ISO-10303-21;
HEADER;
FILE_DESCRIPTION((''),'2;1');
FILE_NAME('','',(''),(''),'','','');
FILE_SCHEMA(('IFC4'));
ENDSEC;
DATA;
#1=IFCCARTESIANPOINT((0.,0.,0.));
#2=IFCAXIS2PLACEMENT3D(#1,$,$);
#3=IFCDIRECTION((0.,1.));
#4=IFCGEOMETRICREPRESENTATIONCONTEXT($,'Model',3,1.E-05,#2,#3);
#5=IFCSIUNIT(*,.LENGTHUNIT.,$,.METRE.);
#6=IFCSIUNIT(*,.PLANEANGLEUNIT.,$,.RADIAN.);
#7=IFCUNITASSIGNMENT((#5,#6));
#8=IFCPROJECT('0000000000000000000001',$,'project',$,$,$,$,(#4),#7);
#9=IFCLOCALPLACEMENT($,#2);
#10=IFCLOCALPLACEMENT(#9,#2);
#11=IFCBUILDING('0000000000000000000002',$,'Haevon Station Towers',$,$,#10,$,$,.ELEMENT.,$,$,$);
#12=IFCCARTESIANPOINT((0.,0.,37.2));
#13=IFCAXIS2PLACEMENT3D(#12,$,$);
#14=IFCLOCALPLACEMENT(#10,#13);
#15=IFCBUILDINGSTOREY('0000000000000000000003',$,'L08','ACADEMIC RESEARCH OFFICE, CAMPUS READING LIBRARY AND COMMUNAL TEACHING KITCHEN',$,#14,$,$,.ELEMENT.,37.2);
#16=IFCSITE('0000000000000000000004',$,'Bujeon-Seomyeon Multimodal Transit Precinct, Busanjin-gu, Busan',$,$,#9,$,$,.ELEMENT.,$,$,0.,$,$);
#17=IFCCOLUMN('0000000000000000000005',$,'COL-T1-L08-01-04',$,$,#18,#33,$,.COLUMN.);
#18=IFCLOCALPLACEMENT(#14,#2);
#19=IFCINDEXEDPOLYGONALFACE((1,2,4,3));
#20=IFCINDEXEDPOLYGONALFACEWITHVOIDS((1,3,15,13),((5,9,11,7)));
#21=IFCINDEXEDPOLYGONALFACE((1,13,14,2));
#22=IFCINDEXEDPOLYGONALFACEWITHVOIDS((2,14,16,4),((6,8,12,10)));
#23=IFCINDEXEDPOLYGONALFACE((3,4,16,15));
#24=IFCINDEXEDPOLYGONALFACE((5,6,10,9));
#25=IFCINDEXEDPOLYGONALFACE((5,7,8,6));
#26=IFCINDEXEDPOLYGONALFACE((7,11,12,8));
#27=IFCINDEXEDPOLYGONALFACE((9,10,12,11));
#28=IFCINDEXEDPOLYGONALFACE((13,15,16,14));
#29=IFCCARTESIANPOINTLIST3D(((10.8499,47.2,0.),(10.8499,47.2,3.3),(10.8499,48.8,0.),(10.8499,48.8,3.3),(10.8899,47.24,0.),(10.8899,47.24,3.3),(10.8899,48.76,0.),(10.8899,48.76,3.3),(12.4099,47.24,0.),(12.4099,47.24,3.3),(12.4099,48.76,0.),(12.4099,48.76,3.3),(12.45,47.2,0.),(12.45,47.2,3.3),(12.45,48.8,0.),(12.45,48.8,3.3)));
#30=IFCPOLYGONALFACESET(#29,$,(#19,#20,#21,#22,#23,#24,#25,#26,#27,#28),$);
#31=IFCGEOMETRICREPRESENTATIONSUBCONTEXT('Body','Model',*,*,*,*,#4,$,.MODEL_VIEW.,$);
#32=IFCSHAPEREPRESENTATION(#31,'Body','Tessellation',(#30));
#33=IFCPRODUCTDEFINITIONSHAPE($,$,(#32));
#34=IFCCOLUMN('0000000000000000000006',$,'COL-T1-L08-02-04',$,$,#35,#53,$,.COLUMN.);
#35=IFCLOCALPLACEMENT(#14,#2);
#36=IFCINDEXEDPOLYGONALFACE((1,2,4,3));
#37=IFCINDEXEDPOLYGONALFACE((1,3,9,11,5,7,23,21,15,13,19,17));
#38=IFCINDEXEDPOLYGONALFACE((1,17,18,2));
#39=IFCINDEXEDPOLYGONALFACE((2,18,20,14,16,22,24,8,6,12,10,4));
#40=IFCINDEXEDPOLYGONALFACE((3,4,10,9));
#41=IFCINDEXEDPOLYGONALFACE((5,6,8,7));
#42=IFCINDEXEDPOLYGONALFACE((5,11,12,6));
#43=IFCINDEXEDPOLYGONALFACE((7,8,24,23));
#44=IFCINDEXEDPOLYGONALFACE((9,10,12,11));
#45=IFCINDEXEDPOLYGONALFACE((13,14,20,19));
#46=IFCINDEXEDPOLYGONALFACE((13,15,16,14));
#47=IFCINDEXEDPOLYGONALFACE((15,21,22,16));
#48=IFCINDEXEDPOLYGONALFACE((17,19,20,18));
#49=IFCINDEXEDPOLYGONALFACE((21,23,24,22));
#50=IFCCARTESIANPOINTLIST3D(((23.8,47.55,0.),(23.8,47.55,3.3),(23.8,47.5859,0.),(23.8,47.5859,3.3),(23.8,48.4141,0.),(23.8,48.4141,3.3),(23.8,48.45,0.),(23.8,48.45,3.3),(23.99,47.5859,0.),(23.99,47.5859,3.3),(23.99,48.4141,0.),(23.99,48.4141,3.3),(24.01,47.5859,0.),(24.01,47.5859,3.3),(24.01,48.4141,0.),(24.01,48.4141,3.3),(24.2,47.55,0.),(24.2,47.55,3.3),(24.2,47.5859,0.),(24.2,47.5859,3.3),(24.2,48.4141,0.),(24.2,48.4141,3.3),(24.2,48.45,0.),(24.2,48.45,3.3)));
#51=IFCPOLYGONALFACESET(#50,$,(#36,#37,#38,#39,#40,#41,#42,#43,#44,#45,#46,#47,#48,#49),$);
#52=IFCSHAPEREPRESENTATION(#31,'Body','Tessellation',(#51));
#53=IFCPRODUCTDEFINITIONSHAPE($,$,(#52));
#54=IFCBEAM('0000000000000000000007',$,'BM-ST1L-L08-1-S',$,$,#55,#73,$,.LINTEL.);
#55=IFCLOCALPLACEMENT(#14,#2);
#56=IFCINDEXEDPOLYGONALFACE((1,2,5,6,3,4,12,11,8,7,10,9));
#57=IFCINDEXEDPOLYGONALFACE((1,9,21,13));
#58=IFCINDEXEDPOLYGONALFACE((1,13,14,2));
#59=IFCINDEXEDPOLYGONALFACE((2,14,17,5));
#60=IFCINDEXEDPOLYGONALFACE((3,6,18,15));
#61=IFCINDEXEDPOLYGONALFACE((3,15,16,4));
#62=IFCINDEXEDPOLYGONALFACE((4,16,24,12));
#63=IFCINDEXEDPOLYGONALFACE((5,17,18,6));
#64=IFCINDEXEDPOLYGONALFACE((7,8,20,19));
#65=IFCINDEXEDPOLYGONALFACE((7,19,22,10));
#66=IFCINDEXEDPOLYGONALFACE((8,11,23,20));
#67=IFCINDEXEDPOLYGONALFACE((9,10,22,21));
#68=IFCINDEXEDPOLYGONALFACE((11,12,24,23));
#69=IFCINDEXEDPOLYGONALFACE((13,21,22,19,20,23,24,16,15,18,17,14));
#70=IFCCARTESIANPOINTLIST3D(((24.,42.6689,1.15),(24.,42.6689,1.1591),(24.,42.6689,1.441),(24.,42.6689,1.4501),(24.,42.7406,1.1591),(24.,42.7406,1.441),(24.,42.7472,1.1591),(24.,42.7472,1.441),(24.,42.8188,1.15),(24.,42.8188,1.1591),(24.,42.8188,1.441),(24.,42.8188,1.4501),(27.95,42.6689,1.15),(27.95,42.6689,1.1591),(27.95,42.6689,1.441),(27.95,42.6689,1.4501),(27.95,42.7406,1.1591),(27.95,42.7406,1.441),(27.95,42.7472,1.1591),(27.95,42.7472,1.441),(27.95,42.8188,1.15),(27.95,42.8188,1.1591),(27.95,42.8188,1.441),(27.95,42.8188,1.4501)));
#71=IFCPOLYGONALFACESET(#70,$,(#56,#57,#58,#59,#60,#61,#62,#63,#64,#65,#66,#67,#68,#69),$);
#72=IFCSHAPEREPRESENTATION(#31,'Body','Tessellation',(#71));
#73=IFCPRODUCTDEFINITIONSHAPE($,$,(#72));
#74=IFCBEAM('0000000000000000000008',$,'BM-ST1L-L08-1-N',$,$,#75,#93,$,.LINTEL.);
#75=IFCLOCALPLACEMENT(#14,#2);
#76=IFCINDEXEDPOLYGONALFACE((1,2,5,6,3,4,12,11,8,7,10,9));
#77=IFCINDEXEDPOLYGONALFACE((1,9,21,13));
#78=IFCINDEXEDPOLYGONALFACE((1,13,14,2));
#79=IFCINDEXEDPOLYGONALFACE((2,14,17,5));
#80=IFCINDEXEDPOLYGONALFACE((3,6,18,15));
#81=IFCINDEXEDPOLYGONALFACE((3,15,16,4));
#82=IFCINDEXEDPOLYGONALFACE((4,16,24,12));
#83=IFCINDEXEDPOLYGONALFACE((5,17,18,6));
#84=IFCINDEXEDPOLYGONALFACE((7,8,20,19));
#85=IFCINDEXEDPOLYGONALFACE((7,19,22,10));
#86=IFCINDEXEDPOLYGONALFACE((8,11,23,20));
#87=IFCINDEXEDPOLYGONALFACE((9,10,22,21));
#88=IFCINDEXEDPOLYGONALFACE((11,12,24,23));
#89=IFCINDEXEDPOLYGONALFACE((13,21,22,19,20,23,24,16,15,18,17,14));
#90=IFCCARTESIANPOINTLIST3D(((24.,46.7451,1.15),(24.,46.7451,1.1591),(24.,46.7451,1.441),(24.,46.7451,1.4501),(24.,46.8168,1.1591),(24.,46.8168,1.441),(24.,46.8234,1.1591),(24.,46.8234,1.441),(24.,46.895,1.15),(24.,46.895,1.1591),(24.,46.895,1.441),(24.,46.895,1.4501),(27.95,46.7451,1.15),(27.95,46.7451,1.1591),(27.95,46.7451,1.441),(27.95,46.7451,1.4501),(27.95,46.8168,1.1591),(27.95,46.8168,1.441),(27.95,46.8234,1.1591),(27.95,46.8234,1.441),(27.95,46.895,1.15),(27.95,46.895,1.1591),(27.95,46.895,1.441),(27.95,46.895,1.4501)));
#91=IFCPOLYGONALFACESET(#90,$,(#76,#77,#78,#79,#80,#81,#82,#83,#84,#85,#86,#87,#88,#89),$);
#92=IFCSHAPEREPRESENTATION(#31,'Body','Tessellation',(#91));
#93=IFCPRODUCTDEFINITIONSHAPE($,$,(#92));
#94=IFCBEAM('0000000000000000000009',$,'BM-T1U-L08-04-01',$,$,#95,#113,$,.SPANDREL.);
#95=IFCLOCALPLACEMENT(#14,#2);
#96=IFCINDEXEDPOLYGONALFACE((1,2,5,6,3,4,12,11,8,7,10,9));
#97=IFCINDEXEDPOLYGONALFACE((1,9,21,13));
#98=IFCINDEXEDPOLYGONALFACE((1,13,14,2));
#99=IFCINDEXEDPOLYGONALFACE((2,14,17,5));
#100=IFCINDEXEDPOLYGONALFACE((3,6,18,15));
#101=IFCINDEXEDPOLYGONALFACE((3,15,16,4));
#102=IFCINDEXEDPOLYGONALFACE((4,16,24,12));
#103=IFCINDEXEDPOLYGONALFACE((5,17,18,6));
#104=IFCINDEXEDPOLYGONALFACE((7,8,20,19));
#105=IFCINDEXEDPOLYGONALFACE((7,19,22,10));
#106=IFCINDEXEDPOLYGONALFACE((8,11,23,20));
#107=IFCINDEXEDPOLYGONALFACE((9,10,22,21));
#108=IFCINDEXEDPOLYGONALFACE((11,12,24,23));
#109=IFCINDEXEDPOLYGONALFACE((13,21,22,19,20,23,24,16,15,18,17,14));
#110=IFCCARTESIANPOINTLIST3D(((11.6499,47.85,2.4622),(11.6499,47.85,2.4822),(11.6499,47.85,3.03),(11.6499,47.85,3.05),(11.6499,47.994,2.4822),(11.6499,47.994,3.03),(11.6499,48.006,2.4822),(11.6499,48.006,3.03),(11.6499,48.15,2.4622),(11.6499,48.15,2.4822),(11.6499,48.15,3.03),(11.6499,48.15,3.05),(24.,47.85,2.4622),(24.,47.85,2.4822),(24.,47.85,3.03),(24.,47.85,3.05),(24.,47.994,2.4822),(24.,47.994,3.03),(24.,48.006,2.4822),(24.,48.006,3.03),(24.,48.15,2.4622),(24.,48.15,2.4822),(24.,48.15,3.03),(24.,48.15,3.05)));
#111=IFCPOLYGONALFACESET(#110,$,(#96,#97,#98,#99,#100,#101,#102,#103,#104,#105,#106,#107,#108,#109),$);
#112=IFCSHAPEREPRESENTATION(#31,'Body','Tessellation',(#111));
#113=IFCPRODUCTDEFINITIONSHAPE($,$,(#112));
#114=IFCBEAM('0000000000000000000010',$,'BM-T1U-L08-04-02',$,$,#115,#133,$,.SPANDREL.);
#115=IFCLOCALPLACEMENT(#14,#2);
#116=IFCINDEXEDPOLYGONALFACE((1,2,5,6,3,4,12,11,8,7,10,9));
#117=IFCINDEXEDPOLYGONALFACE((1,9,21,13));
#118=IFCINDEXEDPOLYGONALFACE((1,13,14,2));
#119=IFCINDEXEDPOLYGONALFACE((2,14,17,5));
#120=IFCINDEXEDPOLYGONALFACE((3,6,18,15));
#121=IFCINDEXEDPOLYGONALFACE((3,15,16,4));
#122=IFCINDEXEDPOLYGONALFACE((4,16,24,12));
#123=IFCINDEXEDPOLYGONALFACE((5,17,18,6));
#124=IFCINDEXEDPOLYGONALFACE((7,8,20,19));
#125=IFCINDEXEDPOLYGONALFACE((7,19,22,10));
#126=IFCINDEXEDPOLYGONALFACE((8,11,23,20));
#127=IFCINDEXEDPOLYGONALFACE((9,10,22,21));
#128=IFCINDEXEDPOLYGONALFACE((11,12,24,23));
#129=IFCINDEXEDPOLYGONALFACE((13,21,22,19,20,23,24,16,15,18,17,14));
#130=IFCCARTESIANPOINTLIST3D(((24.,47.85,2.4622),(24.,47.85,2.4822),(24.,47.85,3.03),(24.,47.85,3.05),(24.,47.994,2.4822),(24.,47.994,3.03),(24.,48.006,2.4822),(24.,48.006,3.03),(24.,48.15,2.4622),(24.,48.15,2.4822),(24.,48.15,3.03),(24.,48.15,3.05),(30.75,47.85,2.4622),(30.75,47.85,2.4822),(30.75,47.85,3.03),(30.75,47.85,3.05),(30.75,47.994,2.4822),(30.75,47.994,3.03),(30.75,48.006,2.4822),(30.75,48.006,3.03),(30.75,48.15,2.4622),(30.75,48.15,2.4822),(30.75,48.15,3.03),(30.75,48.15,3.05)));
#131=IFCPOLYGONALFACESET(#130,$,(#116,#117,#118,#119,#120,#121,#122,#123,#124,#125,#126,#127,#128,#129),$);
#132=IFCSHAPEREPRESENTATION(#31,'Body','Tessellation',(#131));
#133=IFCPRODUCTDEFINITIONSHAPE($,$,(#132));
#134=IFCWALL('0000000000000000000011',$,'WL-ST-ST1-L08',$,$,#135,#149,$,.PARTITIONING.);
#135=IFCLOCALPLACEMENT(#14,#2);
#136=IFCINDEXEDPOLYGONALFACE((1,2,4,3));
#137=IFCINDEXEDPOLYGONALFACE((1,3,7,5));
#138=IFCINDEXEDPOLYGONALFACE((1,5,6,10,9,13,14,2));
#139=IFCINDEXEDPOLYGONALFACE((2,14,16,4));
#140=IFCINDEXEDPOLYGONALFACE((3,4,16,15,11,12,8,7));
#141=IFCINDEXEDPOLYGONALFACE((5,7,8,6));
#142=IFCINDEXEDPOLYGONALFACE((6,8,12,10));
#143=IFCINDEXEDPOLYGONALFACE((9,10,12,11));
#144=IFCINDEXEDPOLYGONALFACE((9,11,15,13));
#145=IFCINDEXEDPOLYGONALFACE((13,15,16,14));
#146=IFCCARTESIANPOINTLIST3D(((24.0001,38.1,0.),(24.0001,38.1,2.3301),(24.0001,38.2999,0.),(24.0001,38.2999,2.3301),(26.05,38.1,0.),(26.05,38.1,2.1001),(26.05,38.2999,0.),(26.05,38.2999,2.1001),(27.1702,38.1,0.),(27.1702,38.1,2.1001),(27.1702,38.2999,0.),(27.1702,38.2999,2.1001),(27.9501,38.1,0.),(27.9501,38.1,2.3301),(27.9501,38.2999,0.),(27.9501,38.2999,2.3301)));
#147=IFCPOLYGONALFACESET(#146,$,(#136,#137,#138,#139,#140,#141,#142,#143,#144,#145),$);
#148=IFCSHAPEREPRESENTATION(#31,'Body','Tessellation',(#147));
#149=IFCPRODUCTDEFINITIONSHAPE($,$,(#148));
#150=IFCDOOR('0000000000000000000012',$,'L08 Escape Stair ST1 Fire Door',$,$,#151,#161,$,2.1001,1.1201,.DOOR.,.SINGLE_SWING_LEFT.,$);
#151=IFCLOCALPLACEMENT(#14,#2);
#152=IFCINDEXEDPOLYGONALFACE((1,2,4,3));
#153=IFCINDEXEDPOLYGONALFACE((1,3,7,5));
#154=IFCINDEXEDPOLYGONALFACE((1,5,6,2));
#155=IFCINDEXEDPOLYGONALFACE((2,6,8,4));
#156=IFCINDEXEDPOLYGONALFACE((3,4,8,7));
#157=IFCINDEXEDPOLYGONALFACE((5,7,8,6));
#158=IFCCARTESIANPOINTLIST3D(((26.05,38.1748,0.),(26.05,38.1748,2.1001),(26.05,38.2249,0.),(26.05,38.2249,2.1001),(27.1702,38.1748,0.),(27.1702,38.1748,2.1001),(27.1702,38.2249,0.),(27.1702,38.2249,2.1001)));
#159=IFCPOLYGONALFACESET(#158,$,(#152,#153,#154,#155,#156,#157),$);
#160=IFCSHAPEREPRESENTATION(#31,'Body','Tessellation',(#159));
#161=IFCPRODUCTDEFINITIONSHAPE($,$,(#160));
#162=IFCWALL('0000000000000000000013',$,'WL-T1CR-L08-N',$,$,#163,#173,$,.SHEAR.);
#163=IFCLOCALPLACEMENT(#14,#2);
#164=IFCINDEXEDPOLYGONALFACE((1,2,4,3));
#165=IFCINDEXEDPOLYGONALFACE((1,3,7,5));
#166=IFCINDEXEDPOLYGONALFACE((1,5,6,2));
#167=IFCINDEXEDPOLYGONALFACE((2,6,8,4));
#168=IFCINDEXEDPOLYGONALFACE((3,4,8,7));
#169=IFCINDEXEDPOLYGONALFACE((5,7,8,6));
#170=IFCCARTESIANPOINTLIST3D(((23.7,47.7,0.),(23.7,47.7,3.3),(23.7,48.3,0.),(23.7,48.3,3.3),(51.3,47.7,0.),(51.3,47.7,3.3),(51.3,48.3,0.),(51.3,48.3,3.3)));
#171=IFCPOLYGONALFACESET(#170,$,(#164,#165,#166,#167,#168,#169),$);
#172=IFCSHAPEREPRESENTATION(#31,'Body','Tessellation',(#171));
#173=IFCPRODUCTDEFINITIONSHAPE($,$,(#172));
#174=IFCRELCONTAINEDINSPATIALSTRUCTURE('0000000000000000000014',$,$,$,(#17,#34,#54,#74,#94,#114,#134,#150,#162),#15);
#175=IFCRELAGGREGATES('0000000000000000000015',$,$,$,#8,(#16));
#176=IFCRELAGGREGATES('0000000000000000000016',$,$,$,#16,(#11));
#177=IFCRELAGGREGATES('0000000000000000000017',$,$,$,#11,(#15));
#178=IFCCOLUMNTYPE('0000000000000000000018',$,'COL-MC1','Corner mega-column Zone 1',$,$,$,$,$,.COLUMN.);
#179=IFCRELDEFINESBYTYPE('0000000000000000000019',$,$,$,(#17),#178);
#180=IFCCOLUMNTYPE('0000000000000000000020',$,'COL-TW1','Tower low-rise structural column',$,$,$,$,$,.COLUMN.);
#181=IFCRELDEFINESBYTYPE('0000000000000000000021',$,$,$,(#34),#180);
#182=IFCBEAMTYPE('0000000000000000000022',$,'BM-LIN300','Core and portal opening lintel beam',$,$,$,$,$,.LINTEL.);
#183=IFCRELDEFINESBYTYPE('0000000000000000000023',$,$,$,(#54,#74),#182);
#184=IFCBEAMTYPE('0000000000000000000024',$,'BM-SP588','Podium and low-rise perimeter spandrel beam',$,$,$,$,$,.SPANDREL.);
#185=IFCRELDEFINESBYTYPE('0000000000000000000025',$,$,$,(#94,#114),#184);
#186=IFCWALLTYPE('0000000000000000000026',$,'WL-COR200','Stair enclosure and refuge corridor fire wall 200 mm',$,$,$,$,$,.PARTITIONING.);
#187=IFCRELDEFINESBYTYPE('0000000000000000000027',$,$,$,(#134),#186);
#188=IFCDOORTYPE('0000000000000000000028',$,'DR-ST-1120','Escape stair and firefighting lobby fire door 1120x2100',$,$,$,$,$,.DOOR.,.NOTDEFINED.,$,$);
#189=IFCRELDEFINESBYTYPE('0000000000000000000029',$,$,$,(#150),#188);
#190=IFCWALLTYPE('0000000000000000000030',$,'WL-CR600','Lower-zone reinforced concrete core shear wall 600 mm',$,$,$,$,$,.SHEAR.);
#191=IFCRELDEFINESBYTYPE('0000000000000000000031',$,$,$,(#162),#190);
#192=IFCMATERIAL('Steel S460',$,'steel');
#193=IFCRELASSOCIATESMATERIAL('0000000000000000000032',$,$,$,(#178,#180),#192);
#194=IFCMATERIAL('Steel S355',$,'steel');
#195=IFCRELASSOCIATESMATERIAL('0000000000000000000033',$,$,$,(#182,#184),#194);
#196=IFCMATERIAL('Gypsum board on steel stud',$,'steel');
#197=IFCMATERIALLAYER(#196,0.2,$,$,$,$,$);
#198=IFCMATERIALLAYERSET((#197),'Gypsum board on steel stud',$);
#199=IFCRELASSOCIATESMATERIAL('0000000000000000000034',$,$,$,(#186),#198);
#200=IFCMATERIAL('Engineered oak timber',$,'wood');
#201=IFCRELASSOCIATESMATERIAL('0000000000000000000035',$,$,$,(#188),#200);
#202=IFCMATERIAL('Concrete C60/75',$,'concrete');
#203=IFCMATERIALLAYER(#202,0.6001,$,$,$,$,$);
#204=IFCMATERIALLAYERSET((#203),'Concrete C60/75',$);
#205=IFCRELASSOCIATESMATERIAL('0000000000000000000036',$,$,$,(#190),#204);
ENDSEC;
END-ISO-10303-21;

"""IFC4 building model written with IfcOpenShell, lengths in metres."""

from ifc_helpers import new_model, si_unit, direction, frame, frame_2d, origin, origin_2d, place, context, subcontext, project, spatial, rectangle, hollow_rectangle, i_section, extrude, material, layer, layer_set, material_profile, profile_set, type_object, element, fill, save


model = new_model("IFC4")

# Units and contexts
model_context = context("Model", 3, precision=1e-05, world=origin(), true_north=direction((0.0, 1.0)))
body_context = subcontext(model_context, "Body", "Model", "MODEL_VIEW")
ifc_project = project(units=[si_unit("LENGTHUNIT", "METRE"), si_unit("PLANEANGLEUNIT", "RADIAN")], contexts=[model_context])

# Site, building, storey
site_placement = place(None, origin())
site = spatial("IfcSite", under=ifc_project, at=site_placement, Name="Bujeon-Seomyeon Multimodal Transit Precinct, Busanjin-gu, Busan", CompositionType="ELEMENT", RefElevation=0.0)
building_placement = place(site_placement, origin())
building = spatial("IfcBuilding", under=site, at=building_placement, Name="Haevon Station Towers", CompositionType="ELEMENT")
storey_placement = place(building_placement, frame((0.0, 0.0, 37.2)))
storey = spatial("IfcBuildingStorey", under=building, at=storey_placement, Name="L08", Description="ACADEMIC RESEARCH OFFICE, CAMPUS READING LIBRARY AND COMMUNAL TEACHING KITCHEN", CompositionType="ELEMENT", Elevation=37.2)

# Columns
ifc_material_1 = material(Name="Steel S460", Category="steel")
ifc_material_profile_1 = material_profile(ifc_material_1, hollow_rectangle(XDim=1.6001, YDim=1.6001, WallThickness=0.04, at=origin_2d()), Name="BOX-1600x1600x40")
ifc_profile_set_1 = profile_set([ifc_material_profile_1], Name="Steel S460")
column_type_1 = type_object("IfcColumnType", Name="COL-MC1", Description="Corner mega-column Zone 1", PredefinedType="COLUMN", material=ifc_profile_set_1)
column_1_placement = place(storey_placement, frame((11.6499, 48.0, 0.0), z_axis=(0.0, 0.0, 1.0), x_axis=(1.0, 0.0, 0.0)))
element("IfcColumn", 1, at=column_1_placement, inside=storey, type_object=column_type_1, Name="COL-T1-L08-01-04", PredefinedType="COLUMN", context=body_context, shape_type="SweptSolid", body=[
    extrude(hollow_rectangle(XDim=1.6001, YDim=1.6001, WallThickness=0.04, at=origin_2d()), origin(), (0.0, 0.0, 1.0), 3.3),
])
ifc_material_profile_2 = material_profile(ifc_material_1, i_section(OverallWidth=0.3999, OverallDepth=0.8999, WebThickness=0.02, FlangeThickness=0.0359, at=origin_2d()), Name="H-900x400x20x36")
ifc_profile_set_2 = profile_set([ifc_material_profile_2], Name="Steel S460")
column_type_2 = type_object("IfcColumnType", Name="COL-TW1", Description="Tower low-rise structural column", PredefinedType="COLUMN", material=ifc_profile_set_2)
column_2_placement = place(storey_placement, frame((24.0, 48.0, 0.0), z_axis=(0.0, 0.0, 1.0), x_axis=(1.0, 0.0, 0.0)))
element("IfcColumn", 2, at=column_2_placement, inside=storey, type_object=column_type_2, Name="COL-T1-L08-02-04", PredefinedType="COLUMN", context=body_context, shape_type="SweptSolid", body=[
    extrude(i_section(OverallWidth=0.3999, OverallDepth=0.8999, WebThickness=0.02, FlangeThickness=0.0359, at=origin_2d()), origin(), (0.0, 0.0, 1.0), 3.3),
])

# Beams
ifc_material_2 = material(Name="Steel S355", Category="steel")
ifc_material_profile_3 = material_profile(ifc_material_2, i_section(OverallWidth=0.1499, OverallDepth=0.3, WebThickness=0.0066, FlangeThickness=0.009, at=origin_2d()), Name="H-300x150x6.5x9")
ifc_profile_set_3 = profile_set([ifc_material_profile_3], Name="Steel S355")
beam_type_1 = type_object("IfcBeamType", Name="BM-LIN300", Description="Core and portal opening lintel beam", PredefinedType="LINTEL", material=ifc_profile_set_3)
for number, where, z_axis, x_axis, name in (
    (3, (24.0, 42.7439, 1.3), (1.0, 0.0, 0.0), (0.0, 1.0, 0.0), "BM-ST1L-L08-1-S"),
    (4, (24.0, 46.8201, 1.3), (1.0, 0.0, 0.0), (0.0, 1.0, 0.0), "BM-ST1L-L08-1-N"),
):
    element("IfcBeam", number, at=place(storey_placement, frame(where, z_axis=z_axis, x_axis=x_axis)), inside=storey, type_object=beam_type_1, Name=name, PredefinedType="LINTEL", context=body_context, shape_type="SweptSolid", body=[
        extrude(i_section(OverallWidth=0.1499, OverallDepth=0.3, WebThickness=0.0066, FlangeThickness=0.009, at=origin_2d()), origin(), (0.0, 0.0, 1.0), 3.95),
    ])
ifc_material_profile_4 = material_profile(ifc_material_2, i_section(OverallWidth=0.3, OverallDepth=0.5879, WebThickness=0.012, FlangeThickness=0.02, at=origin_2d()), Name="H-588x300x12x20")
ifc_profile_set_4 = profile_set([ifc_material_profile_4], Name="Steel S355")
beam_type_2 = type_object("IfcBeamType", Name="BM-SP588", Description="Podium and low-rise perimeter spandrel beam", PredefinedType="SPANDREL", material=ifc_profile_set_4)
beam_1_placement = place(storey_placement, frame((11.6499, 48.0, 2.7561), z_axis=(1.0, 0.0, 0.0), x_axis=(0.0, 1.0, 0.0)))
element("IfcBeam", 5, at=beam_1_placement, inside=storey, type_object=beam_type_2, Name="BM-T1U-L08-04-01", PredefinedType="SPANDREL", context=body_context, shape_type="SweptSolid", body=[
    extrude(i_section(OverallWidth=0.3, OverallDepth=0.5879, WebThickness=0.012, FlangeThickness=0.02, at=origin_2d()), origin(), (0.0, 0.0, 1.0), 12.3501),
])
beam_2_placement = place(storey_placement, frame((24.0, 48.0, 2.7561), z_axis=(1.0, 0.0, 0.0), x_axis=(0.0, 1.0, 0.0)))
element("IfcBeam", 6, at=beam_2_placement, inside=storey, type_object=beam_type_2, Name="BM-T1U-L08-04-02", PredefinedType="SPANDREL", context=body_context, shape_type="SweptSolid", body=[
    extrude(i_section(OverallWidth=0.3, OverallDepth=0.5879, WebThickness=0.012, FlangeThickness=0.02, at=origin_2d()), origin(), (0.0, 0.0, 1.0), 6.75),
])

# Wall, opening, door
ifc_material_3 = material(Name="Gypsum board on steel stud", Category="steel")
ifc_layer_1 = layer(ifc_material_3, 0.2)
ifc_layer_set_1 = layer_set([ifc_layer_1], Name="Gypsum board on steel stud")
wall_type_1 = type_object("IfcWallType", Name="WL-COR200", Description="Stair enclosure and refuge corridor fire wall 200 mm", PredefinedType="PARTITIONING", material=ifc_layer_set_1)
wall_1_placement = place(storey_placement, frame((24.0, 38.2, 0.0), z_axis=(0.0, 0.0, 1.0), x_axis=(1.0, 0.0, 0.0)))
wall_1 = element("IfcWall", 7, at=wall_1_placement, inside=storey, type_object=wall_type_1, Name="WL-ST-ST1-L08", PredefinedType="PARTITIONING", context=body_context, shape_type="SweptSolid", body=[
    extrude(rectangle(XDim=3.95, YDim=0.2, at=frame_2d((1.9751, 0.0))), origin(), (0.0, 0.0, 1.0), 2.3301),
])
opening_placement = place(wall_1_placement, frame((2.05, 0.0, 0.0)))
opening = element("IfcOpeningElement", 8, at=opening_placement, cuts=wall_1, PredefinedType="OPENING", context=body_context, shape_type="SweptSolid", body=[
    extrude(rectangle(XDim=1.1201, YDim=2.1001, at=frame_2d((0.5601, 1.05))), frame((0.0, 0.1099, 0.0), z_axis=(0.0, -1.0, 0.0), x_axis=(1.0, 0.0, 0.0)), (0.0, 0.0, 1.0), 0.22),
])
ifc_material_4 = material(Name="Engineered oak timber", Category="wood")
door_type = type_object("IfcDoorType", Name="DR-ST-1120", Description="Escape stair and firefighting lobby fire door 1120x2100", OperationType="NOTDEFINED", PredefinedType="DOOR", material=ifc_material_4)
door_placement = place(opening_placement, origin())
door = element("IfcDoor", 9, at=door_placement, inside=storey, type_object=door_type, Name="L08 Escape Stair ST1 Fire Door", OperationType="SINGLE_SWING_LEFT", OverallHeight=2.1001, OverallWidth=1.1201, PredefinedType="DOOR", context=body_context, shape_type="SweptSolid", body=[
    extrude(rectangle(XDim=1.1201, YDim=2.1001, at=frame_2d((0.5601, 1.05))), frame((0.0, 0.0249, 0.0), z_axis=(0.0, -1.0, 0.0), x_axis=(1.0, 0.0, 0.0)), (0.0, 0.0, 1.0), 0.05),
])
fill(opening, door)

# Wall
ifc_material_5 = material(Name="Concrete C60/75", Category="concrete")
ifc_layer_2 = layer(ifc_material_5, 0.6001)
ifc_layer_set_2 = layer_set([ifc_layer_2], Name="Concrete C60/75")
wall_type_2 = type_object("IfcWallType", Name="WL-CR600", Description="Lower-zone reinforced concrete core shear wall 600 mm", PredefinedType="SHEAR", material=ifc_layer_set_2)
wall_2_placement = place(storey_placement, frame((23.7, 48.0, 0.0), z_axis=(0.0, 0.0, 1.0), x_axis=(1.0, 0.0, 0.0)))
element("IfcWall", 10, at=wall_2_placement, inside=storey, type_object=wall_type_2, Name="WL-T1CR-L08-N", PredefinedType="SHEAR", context=body_context, shape_type="SweptSolid", body=[
    extrude(rectangle(XDim=27.6001, YDim=0.6001, at=frame_2d((13.8, 0.0))), origin(), (0.0, 0.0, 1.0), 3.3),
])

save(model, "model.ifc")
